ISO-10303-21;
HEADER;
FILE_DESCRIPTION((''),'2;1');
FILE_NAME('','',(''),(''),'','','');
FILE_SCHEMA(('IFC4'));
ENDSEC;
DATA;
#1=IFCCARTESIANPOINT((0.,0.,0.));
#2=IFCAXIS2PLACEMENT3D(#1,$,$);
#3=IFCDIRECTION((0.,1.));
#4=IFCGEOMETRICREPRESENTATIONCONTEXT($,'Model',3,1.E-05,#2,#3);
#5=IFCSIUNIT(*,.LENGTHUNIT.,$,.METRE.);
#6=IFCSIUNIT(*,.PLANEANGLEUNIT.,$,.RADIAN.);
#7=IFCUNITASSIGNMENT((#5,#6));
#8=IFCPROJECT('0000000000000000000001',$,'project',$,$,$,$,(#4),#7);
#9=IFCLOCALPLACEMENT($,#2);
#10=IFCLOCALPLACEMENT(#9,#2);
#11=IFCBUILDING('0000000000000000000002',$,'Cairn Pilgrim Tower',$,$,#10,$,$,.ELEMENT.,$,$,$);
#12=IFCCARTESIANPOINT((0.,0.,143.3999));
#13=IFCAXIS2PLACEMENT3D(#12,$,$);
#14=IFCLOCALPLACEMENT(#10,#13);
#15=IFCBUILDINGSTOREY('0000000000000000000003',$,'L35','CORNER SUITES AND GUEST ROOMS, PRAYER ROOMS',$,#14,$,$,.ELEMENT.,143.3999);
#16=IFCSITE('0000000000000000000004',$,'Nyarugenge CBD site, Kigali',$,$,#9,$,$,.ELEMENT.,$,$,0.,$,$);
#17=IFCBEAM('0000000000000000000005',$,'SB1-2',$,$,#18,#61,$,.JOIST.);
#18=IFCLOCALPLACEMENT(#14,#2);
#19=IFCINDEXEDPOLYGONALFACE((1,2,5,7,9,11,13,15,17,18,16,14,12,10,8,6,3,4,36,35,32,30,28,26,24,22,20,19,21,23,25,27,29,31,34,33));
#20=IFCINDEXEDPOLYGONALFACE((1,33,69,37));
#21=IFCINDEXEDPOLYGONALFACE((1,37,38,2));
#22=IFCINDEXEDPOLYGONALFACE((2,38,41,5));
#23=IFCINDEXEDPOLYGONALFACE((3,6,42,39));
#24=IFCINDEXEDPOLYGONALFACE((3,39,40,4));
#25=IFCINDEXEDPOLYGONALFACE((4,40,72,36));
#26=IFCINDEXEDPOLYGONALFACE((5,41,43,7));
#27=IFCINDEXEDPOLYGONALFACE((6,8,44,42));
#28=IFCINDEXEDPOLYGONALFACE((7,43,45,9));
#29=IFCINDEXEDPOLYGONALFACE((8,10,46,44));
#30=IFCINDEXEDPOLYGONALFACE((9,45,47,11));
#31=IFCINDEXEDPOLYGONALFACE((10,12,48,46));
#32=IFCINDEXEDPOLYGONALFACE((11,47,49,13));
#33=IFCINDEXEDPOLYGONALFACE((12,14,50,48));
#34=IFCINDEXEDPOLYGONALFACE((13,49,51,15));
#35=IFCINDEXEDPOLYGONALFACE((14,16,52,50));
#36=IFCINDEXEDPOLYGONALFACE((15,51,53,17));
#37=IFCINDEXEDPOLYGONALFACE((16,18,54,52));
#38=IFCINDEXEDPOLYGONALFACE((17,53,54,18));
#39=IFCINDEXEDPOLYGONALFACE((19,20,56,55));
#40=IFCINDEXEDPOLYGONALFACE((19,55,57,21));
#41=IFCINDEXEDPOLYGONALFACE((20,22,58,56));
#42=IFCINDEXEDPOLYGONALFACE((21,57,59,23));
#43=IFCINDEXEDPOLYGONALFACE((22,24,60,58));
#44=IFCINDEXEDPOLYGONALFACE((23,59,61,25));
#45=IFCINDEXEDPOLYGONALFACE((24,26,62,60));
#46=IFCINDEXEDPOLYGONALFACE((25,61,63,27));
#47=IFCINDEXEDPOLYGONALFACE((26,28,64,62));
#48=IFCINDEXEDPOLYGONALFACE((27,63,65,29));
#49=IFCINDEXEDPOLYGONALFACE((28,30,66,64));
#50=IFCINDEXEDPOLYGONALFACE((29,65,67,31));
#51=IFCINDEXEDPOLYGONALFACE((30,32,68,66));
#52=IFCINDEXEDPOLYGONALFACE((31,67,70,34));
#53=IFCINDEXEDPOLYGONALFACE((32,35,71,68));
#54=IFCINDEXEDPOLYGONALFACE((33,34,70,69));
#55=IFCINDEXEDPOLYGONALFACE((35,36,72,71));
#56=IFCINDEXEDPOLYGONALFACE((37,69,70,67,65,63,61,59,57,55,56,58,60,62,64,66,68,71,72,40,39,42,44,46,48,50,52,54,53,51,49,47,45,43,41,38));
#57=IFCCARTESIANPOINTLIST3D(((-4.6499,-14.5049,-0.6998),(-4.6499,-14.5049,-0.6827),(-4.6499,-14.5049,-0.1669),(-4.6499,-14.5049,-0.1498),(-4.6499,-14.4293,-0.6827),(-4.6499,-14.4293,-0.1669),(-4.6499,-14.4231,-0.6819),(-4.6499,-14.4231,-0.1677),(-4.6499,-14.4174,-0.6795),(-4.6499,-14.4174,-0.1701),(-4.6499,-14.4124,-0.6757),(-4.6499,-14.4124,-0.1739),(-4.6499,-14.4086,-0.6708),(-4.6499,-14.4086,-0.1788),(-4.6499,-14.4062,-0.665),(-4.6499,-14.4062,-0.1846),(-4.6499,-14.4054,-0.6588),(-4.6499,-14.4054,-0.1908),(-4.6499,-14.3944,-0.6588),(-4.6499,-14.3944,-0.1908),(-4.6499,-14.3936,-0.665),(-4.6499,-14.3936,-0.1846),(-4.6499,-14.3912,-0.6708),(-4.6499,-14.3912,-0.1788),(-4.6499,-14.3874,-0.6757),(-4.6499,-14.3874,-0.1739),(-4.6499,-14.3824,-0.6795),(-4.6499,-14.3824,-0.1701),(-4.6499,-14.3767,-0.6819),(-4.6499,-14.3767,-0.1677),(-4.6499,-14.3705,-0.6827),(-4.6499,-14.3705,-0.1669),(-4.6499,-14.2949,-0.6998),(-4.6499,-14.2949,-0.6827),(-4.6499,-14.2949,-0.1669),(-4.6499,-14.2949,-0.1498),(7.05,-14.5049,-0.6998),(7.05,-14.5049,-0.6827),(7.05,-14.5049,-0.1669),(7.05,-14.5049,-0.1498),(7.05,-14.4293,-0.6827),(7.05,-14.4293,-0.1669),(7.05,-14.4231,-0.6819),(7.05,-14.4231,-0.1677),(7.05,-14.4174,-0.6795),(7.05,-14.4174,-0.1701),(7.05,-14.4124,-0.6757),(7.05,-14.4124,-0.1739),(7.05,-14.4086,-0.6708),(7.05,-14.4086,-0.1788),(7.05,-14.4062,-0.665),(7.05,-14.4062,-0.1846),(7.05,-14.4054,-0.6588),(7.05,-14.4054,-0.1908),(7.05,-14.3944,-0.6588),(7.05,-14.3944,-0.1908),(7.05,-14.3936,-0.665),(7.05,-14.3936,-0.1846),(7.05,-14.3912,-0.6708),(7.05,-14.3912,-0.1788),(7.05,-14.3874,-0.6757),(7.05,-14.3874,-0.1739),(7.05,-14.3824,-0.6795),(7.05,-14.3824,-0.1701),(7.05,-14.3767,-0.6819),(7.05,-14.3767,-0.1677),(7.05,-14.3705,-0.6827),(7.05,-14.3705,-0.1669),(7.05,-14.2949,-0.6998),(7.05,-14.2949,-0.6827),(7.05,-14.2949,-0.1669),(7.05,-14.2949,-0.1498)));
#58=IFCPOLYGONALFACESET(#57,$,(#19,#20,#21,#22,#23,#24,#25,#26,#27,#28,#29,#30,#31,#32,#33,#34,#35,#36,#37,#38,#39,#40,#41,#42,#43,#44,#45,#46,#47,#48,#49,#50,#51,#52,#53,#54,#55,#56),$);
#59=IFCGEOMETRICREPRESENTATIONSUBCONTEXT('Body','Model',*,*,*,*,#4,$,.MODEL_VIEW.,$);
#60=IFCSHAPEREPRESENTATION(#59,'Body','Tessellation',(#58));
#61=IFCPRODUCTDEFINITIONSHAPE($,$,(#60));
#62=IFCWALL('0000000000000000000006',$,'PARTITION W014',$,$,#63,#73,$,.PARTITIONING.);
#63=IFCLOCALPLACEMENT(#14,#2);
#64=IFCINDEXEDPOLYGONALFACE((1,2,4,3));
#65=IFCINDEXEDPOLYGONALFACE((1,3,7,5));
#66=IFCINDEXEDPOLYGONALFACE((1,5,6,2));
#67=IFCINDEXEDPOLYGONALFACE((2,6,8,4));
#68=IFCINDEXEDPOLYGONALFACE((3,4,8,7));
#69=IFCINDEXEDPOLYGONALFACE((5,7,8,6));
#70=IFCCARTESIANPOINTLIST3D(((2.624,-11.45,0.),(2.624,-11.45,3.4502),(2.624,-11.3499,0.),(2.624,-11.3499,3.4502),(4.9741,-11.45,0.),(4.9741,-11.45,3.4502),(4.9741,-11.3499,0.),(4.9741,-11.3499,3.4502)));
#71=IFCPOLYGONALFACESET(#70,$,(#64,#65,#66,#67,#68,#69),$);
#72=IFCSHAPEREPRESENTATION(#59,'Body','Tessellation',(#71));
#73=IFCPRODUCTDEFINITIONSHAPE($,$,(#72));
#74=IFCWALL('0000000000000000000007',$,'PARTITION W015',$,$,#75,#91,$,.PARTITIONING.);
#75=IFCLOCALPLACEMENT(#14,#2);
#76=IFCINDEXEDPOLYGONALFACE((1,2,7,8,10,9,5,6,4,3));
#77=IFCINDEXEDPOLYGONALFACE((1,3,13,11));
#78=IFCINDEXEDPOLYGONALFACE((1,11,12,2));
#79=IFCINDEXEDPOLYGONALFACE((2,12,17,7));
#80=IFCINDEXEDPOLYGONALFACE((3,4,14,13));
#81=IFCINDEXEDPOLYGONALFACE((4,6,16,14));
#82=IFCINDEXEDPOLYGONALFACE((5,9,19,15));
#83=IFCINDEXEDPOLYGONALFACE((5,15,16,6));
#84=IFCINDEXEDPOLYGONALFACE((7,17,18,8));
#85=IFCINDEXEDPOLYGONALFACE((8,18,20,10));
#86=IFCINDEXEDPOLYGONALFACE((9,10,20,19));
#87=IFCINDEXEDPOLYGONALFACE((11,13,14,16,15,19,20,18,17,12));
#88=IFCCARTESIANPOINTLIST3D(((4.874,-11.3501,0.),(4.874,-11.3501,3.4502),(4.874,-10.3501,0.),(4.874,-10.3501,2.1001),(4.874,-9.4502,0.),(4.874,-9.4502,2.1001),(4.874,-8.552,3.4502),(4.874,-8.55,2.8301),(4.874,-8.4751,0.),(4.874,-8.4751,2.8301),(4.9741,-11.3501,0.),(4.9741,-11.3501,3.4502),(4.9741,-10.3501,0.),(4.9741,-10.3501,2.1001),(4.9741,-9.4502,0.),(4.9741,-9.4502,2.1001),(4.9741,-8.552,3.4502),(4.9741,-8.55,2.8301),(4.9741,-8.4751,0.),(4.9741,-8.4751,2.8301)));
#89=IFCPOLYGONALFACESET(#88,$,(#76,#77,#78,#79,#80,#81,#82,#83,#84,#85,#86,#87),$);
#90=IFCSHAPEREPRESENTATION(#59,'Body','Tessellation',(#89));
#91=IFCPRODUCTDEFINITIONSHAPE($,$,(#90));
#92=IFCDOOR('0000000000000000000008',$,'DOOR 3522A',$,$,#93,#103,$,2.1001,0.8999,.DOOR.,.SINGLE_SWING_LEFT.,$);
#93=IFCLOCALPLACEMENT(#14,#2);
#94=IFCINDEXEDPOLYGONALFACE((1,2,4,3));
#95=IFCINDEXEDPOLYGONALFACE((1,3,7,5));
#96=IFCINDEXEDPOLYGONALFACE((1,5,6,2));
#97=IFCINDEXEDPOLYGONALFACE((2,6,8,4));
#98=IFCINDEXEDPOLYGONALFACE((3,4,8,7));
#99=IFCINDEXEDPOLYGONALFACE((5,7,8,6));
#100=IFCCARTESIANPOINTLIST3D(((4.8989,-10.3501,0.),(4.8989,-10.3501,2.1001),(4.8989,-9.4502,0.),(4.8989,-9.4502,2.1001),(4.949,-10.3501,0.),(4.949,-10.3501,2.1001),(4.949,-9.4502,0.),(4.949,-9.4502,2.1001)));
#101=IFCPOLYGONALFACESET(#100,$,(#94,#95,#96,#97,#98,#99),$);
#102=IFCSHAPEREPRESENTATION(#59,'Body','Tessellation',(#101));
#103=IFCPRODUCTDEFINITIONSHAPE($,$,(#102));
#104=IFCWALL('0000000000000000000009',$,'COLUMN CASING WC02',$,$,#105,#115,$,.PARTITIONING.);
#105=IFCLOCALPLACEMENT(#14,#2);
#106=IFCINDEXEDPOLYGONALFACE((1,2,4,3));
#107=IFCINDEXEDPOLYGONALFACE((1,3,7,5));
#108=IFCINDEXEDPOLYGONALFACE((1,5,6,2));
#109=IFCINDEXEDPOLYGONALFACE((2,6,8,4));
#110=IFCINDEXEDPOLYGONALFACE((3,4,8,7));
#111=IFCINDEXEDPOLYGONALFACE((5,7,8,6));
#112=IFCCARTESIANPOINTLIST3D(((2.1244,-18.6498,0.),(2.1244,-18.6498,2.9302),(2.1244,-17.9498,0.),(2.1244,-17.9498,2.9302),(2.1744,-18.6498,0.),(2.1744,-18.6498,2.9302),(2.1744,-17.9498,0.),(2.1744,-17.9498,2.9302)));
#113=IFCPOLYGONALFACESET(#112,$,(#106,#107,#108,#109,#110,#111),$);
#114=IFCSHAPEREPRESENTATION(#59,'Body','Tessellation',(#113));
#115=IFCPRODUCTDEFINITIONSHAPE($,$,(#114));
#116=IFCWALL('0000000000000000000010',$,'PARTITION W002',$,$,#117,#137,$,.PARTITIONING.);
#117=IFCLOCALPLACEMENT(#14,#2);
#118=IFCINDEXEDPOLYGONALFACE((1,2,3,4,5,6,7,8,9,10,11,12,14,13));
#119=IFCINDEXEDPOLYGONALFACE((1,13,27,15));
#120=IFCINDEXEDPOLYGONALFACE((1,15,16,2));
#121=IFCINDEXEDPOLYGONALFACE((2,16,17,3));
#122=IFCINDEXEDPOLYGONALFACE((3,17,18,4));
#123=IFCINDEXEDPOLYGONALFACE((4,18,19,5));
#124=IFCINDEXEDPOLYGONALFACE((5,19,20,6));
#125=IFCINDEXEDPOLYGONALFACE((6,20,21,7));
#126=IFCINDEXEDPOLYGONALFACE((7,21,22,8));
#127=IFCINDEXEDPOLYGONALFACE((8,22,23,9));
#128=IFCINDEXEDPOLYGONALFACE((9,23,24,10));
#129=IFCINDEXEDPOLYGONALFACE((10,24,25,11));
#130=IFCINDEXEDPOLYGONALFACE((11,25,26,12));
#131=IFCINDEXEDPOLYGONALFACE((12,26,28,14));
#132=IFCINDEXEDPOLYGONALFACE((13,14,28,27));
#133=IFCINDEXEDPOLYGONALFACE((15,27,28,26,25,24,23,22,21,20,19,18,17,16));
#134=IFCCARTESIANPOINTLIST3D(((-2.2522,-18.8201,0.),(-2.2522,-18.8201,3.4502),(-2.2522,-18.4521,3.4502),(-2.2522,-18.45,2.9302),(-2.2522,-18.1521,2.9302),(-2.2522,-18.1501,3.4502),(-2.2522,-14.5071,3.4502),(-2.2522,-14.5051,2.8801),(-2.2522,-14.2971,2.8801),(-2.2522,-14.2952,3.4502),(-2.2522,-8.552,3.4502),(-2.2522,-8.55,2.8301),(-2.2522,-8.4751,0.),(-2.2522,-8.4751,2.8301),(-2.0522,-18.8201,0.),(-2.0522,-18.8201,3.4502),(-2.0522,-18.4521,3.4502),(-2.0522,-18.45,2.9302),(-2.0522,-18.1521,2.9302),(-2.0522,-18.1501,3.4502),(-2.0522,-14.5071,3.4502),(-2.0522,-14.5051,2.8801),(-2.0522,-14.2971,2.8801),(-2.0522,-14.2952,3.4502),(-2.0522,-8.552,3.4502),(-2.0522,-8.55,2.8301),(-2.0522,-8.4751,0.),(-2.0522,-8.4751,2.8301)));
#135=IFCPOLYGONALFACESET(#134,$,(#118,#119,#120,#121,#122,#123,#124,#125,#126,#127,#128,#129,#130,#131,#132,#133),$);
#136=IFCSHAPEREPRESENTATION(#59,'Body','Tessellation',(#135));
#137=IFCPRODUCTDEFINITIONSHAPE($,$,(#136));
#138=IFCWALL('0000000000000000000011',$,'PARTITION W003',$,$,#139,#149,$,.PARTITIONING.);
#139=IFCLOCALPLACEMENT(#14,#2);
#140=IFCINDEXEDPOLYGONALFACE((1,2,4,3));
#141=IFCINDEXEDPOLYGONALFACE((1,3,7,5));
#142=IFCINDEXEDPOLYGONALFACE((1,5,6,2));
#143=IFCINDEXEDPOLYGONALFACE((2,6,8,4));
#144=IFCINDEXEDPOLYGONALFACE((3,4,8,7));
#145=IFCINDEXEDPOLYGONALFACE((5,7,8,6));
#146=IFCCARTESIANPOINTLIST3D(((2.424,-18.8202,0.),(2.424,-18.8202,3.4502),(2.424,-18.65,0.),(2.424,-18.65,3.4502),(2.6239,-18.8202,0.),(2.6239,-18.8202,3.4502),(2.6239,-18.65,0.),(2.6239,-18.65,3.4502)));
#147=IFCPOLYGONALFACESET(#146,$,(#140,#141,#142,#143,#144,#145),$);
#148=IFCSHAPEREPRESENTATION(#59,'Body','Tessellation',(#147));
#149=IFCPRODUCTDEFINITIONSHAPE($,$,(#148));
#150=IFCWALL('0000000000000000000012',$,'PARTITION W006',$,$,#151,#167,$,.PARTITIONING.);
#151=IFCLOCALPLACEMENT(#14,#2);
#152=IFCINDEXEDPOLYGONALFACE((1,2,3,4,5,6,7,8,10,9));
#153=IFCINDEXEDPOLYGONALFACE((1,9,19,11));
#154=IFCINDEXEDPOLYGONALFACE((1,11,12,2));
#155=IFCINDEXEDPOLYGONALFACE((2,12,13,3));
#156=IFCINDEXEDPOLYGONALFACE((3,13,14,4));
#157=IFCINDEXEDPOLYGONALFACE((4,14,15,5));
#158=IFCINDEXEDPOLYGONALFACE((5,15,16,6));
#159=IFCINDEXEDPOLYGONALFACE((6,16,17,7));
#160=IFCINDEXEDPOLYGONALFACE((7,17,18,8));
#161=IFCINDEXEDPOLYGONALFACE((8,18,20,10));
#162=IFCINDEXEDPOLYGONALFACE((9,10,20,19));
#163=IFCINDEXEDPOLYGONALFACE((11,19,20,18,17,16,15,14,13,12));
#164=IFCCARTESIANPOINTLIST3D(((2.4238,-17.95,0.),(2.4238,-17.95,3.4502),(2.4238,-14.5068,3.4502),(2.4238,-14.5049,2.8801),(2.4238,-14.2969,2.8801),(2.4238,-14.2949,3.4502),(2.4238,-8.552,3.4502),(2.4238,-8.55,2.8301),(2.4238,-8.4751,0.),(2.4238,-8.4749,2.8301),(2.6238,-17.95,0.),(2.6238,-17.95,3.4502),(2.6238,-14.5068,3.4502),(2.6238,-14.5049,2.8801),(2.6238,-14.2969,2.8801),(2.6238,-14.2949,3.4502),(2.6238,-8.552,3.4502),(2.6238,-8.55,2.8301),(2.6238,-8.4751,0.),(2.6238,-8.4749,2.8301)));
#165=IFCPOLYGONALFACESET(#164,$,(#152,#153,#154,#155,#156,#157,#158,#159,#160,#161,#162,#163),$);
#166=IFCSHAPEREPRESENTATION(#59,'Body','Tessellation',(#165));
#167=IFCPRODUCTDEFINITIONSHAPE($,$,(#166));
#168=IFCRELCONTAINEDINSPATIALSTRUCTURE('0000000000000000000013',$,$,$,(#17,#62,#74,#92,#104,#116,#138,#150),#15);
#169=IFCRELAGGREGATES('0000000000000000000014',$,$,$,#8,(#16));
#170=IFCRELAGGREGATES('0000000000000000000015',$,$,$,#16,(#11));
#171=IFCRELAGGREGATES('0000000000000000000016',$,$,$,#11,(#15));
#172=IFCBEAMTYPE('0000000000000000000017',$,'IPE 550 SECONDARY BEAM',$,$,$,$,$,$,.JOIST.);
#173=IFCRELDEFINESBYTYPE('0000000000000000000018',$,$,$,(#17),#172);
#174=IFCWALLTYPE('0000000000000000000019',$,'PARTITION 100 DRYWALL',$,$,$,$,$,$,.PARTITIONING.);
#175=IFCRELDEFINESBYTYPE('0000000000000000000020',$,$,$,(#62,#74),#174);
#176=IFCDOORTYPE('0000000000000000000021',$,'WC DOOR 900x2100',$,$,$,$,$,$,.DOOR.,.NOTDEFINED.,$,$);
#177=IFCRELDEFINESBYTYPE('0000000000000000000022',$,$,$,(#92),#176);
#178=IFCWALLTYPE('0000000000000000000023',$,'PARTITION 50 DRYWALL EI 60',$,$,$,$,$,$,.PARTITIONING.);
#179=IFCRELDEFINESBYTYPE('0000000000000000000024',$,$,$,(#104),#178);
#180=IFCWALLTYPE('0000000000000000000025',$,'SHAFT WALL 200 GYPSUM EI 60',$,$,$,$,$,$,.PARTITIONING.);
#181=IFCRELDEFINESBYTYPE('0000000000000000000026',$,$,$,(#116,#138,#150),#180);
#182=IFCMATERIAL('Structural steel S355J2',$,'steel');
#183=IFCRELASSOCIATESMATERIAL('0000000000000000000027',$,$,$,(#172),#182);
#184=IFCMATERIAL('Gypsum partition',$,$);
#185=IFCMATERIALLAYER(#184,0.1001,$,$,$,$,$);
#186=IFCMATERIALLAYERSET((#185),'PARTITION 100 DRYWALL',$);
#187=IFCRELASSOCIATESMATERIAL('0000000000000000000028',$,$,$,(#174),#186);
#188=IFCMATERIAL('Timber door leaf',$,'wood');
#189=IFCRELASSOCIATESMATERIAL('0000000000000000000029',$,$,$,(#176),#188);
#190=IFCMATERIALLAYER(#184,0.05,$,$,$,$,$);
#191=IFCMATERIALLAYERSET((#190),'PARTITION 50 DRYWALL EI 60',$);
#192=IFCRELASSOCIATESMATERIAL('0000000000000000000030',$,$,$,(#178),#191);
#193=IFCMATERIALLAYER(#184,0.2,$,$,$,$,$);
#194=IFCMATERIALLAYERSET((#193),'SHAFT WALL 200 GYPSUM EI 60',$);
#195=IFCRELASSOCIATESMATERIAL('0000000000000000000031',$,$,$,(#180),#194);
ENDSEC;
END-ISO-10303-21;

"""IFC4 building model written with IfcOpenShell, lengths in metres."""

from ifc_helpers import new_model, si_unit, direction, frame, frame_2d, origin, origin_2d, place, context, subcontext, project, spatial, polyline, rectangle, i_section, outline, extrude, material, layer, layer_set, material_profile, profile_set, type_object, element, fill, save


model = new_model("IFC4")

# Units and contexts
model_context = context("Model", 3, precision=1e-05, world=origin(), true_north=direction((0.0, 1.0)))
body_context = subcontext(model_context, "Body", "Model", "MODEL_VIEW")
ifc_project = project(units=[si_unit("LENGTHUNIT", "METRE"), si_unit("PLANEANGLEUNIT", "RADIAN")], contexts=[model_context])

# Site, building, storey
site_placement = place(None, origin())
site = spatial("IfcSite", under=ifc_project, at=site_placement, Name="Nyarugenge CBD site, Kigali", CompositionType="ELEMENT", RefElevation=0.0)
building_placement = place(site_placement, origin())
building = spatial("IfcBuilding", under=site, at=building_placement, Name="Cairn Pilgrim Tower", CompositionType="ELEMENT")
storey_placement = place(building_placement, frame((0.0, 0.0, 143.3999)))
storey = spatial("IfcBuildingStorey", under=building, at=storey_placement, Name="L35", Description="CORNER SUITES AND GUEST ROOMS, PRAYER ROOMS", CompositionType="ELEMENT", Elevation=143.3999)

# Beam
ifc_material_1 = material(Name="Structural steel S355J2", Category="steel")
ifc_material_profile_1 = material_profile(ifc_material_1, i_section(OverallWidth=0.21, OverallDepth=0.55, WebThickness=0.011, FlangeThickness=0.0171, FilletRadius=0.0239, at=origin_2d()), Name="IPE 550")
ifc_profile_set_1 = profile_set([ifc_material_profile_1], Name="Structural steel S355J2")
beam_type_1 = type_object("IfcBeamType", Name="IPE 550 SECONDARY BEAM", PredefinedType="JOIST", material=ifc_profile_set_1)
beam_1_placement = place(storey_placement, frame((-4.6499, -14.3999, -0.4248), z_axis=(1.0, 0.0, 0.0), x_axis=(0.0, 1.0, 0.0)))
element("IfcBeam", 1, at=beam_1_placement, inside=storey, type_object=beam_type_1, Name="SB1-2", PredefinedType="JOIST", context=body_context, shape_type="SweptSolid", body=[
    extrude(i_section(OverallWidth=0.21, OverallDepth=0.55, WebThickness=0.011, FlangeThickness=0.0171, FilletRadius=0.0239, at=origin_2d()), origin(), (0.0, 0.0, 1.0), 11.7),
])

# Wall
ifc_material_2 = material(Name="Gypsum partition")
ifc_layer_1 = layer(ifc_material_2, 0.1001)
ifc_layer_set_1 = layer_set([ifc_layer_1], Name="PARTITION 100 DRYWALL")
wall_type_1 = type_object("IfcWallType", Name="PARTITION 100 DRYWALL", PredefinedType="PARTITIONING", material=ifc_layer_set_1)
wall_1_placement = place(storey_placement, frame((2.624, -11.3999, 0.0), z_axis=(0.0, 0.0, 1.0), x_axis=(1.0, 0.0, 0.0)))
element("IfcWall", 2, at=wall_1_placement, inside=storey, type_object=wall_type_1, Name="PARTITION W014", PredefinedType="PARTITIONING", context=body_context, shape_type="SweptSolid", body=[
    extrude(rectangle(XDim=2.3501, YDim=0.1001, at=frame_2d((1.175, 0.0))), origin(), (0.0, 0.0, 1.0), 3.4502),
])

# Wall, opening, door
wall_2_placement = place(storey_placement, frame((4.9241, -11.3501, 0.0), z_axis=(0.0, 0.0, 1.0), x_axis=(0.0, 1.0, 0.0)))
wall_2 = element("IfcWall", 3, at=wall_2_placement, inside=storey, type_object=wall_type_1, Name="PARTITION W015", PredefinedType="PARTITIONING", context=body_context, shape_type="SweptSolid", body=[
    extrude(outline(polyline([(0.0, 0.0), (2.875, 0.0), (2.875, 2.8301), (2.8, 2.8301), (2.7981, 3.4502), (0.0, 3.4502), (0.0, 0.0)])), frame((0.0, 0.05, 0.0), z_axis=(0.0, -1.0, 0.0), x_axis=(1.0, 0.0, 0.0)), (0.0, 0.0, 1.0), 0.1001),
])
opening_1_placement = place(wall_2_placement, frame((1.0, 0.0, 0.0)))
opening_1 = element("IfcOpeningElement", 4, at=opening_1_placement, cuts=wall_2, PredefinedType="OPENING", context=body_context, shape_type="SweptSolid", body=[
    extrude(rectangle(XDim=0.8999, YDim=2.1001, at=frame_2d((0.45, 1.05))), frame((0.0, 0.0601, 0.0), z_axis=(0.0, -1.0, 0.0), x_axis=(1.0, 0.0, 0.0)), (0.0, 0.0, 1.0), 0.1201),
])
ifc_material_3 = material(Name="Timber door leaf", Category="wood")
door_type_1 = type_object("IfcDoorType", Name="WC DOOR 900x2100", OperationType="NOTDEFINED", PredefinedType="DOOR", material=ifc_material_3)
door_1_placement = place(opening_1_placement, frame((0.8999, 0.0, 0.0), z_axis=(0.0, 0.0, 1.0), x_axis=(-1.0, 0.0, 0.0)))
door_1 = element("IfcDoor", 5, at=door_1_placement, inside=storey, type_object=door_type_1, Name="DOOR 3522A", OperationType="SINGLE_SWING_LEFT", OverallHeight=2.1001, OverallWidth=0.8999, PredefinedType="DOOR", context=body_context, shape_type="SweptSolid", body=[
    extrude(rectangle(XDim=0.8999, YDim=2.1001, at=frame_2d((0.45, 1.05))), frame((0.0, 0.0249, 0.0), z_axis=(0.0, -1.0, 0.0), x_axis=(1.0, 0.0, 0.0)), (0.0, 0.0, 1.0), 0.05),
])
fill(opening_1, door_1)

# Walls
ifc_layer_2 = layer(ifc_material_2, 0.05)
ifc_layer_set_2 = layer_set([ifc_layer_2], Name="PARTITION 50 DRYWALL EI 60")
wall_type_2 = type_object("IfcWallType", Name="PARTITION 50 DRYWALL EI 60", PredefinedType="PARTITIONING", material=ifc_layer_set_2)
wall_3_placement = place(storey_placement, frame((2.1494, -18.6499, 0.0), z_axis=(0.0, 0.0, 1.0), x_axis=(0.0, 1.0, 0.0)))
element("IfcWall", 6, at=wall_3_placement, inside=storey, type_object=wall_type_2, Name="COLUMN CASING WC02", PredefinedType="PARTITIONING", context=body_context, shape_type="SweptSolid", body=[
    extrude(rectangle(XDim=0.7, YDim=0.05, at=frame_2d((0.3501, 0.0))), origin(), (0.0, 0.0, 1.0), 2.9302),
])
ifc_layer_3 = layer(ifc_material_2, 0.2)
ifc_layer_set_3 = layer_set([ifc_layer_3], Name="SHAFT WALL 200 GYPSUM EI 60")
wall_type_3 = type_object("IfcWallType", Name="SHAFT WALL 200 GYPSUM EI 60", PredefinedType="PARTITIONING", material=ifc_layer_set_3)
wall_4_placement = place(storey_placement, frame((-2.1521, -18.8201, 0.0), z_axis=(0.0, 0.0, 1.0), x_axis=(0.0, 1.0, 0.0)))
element("IfcWall", 7, at=wall_4_placement, inside=storey, type_object=wall_type_3, Name="PARTITION W002", PredefinedType="PARTITIONING", context=body_context, shape_type="SweptSolid", body=[
    extrude(outline(polyline([(0.0, 0.0), (10.345, 0.0), (10.345, 2.8301), (10.27, 2.8301), (10.2681, 3.4502), (4.5249, 3.4502), (4.5229, 2.8801), (4.3149, 2.8801), (4.313, 3.4502), (0.6699, 3.4502), (0.668, 2.9302), (0.3701, 2.9302), (0.3679, 3.4502), (0.0, 3.4502), (0.0, 0.0)])), frame((0.0, 0.1001, 0.0), z_axis=(0.0, -1.0, 0.0), x_axis=(1.0, 0.0, 0.0)), (0.0, 0.0, 1.0), 0.2),
])
wall_5_placement = place(storey_placement, frame((2.5239, -18.8201, 0.0), z_axis=(0.0, 0.0, 1.0), x_axis=(0.0, 1.0, 0.0)))
element("IfcWall", 8, at=wall_5_placement, inside=storey, type_object=wall_type_3, Name="PARTITION W003", PredefinedType="PARTITIONING", context=body_context, shape_type="SweptSolid", body=[
    extrude(rectangle(XDim=0.1702, YDim=0.2, at=frame_2d((0.085, 0.0))), origin(), (0.0, 0.0, 1.0), 3.4502),
])
wall_6_placement = place(storey_placement, frame((2.5239, -17.95, 0.0), z_axis=(0.0, 0.0, 1.0), x_axis=(0.0, 1.0, 0.0)))
element("IfcWall", 9, at=wall_6_placement, inside=storey, type_object=wall_type_3, Name="PARTITION W006", PredefinedType="PARTITIONING", context=body_context, shape_type="SweptSolid", body=[
    extrude(outline(polyline([(0.0, 0.0), (9.4749, 0.0), (9.4751, 2.8301), (9.3999, 2.8301), (9.3979, 3.4502), (3.655, 3.4502), (3.6531, 2.8801), (3.4451, 2.8801), (3.4431, 3.4502), (0.0, 3.4502), (0.0, 0.0)])), frame((0.0, 0.1001, 0.0), z_axis=(0.0, -1.0, 0.0), x_axis=(1.0, 0.0, 0.0)), (0.0, 0.0, 1.0), 0.2),
])

save(model, "model.ifc")
